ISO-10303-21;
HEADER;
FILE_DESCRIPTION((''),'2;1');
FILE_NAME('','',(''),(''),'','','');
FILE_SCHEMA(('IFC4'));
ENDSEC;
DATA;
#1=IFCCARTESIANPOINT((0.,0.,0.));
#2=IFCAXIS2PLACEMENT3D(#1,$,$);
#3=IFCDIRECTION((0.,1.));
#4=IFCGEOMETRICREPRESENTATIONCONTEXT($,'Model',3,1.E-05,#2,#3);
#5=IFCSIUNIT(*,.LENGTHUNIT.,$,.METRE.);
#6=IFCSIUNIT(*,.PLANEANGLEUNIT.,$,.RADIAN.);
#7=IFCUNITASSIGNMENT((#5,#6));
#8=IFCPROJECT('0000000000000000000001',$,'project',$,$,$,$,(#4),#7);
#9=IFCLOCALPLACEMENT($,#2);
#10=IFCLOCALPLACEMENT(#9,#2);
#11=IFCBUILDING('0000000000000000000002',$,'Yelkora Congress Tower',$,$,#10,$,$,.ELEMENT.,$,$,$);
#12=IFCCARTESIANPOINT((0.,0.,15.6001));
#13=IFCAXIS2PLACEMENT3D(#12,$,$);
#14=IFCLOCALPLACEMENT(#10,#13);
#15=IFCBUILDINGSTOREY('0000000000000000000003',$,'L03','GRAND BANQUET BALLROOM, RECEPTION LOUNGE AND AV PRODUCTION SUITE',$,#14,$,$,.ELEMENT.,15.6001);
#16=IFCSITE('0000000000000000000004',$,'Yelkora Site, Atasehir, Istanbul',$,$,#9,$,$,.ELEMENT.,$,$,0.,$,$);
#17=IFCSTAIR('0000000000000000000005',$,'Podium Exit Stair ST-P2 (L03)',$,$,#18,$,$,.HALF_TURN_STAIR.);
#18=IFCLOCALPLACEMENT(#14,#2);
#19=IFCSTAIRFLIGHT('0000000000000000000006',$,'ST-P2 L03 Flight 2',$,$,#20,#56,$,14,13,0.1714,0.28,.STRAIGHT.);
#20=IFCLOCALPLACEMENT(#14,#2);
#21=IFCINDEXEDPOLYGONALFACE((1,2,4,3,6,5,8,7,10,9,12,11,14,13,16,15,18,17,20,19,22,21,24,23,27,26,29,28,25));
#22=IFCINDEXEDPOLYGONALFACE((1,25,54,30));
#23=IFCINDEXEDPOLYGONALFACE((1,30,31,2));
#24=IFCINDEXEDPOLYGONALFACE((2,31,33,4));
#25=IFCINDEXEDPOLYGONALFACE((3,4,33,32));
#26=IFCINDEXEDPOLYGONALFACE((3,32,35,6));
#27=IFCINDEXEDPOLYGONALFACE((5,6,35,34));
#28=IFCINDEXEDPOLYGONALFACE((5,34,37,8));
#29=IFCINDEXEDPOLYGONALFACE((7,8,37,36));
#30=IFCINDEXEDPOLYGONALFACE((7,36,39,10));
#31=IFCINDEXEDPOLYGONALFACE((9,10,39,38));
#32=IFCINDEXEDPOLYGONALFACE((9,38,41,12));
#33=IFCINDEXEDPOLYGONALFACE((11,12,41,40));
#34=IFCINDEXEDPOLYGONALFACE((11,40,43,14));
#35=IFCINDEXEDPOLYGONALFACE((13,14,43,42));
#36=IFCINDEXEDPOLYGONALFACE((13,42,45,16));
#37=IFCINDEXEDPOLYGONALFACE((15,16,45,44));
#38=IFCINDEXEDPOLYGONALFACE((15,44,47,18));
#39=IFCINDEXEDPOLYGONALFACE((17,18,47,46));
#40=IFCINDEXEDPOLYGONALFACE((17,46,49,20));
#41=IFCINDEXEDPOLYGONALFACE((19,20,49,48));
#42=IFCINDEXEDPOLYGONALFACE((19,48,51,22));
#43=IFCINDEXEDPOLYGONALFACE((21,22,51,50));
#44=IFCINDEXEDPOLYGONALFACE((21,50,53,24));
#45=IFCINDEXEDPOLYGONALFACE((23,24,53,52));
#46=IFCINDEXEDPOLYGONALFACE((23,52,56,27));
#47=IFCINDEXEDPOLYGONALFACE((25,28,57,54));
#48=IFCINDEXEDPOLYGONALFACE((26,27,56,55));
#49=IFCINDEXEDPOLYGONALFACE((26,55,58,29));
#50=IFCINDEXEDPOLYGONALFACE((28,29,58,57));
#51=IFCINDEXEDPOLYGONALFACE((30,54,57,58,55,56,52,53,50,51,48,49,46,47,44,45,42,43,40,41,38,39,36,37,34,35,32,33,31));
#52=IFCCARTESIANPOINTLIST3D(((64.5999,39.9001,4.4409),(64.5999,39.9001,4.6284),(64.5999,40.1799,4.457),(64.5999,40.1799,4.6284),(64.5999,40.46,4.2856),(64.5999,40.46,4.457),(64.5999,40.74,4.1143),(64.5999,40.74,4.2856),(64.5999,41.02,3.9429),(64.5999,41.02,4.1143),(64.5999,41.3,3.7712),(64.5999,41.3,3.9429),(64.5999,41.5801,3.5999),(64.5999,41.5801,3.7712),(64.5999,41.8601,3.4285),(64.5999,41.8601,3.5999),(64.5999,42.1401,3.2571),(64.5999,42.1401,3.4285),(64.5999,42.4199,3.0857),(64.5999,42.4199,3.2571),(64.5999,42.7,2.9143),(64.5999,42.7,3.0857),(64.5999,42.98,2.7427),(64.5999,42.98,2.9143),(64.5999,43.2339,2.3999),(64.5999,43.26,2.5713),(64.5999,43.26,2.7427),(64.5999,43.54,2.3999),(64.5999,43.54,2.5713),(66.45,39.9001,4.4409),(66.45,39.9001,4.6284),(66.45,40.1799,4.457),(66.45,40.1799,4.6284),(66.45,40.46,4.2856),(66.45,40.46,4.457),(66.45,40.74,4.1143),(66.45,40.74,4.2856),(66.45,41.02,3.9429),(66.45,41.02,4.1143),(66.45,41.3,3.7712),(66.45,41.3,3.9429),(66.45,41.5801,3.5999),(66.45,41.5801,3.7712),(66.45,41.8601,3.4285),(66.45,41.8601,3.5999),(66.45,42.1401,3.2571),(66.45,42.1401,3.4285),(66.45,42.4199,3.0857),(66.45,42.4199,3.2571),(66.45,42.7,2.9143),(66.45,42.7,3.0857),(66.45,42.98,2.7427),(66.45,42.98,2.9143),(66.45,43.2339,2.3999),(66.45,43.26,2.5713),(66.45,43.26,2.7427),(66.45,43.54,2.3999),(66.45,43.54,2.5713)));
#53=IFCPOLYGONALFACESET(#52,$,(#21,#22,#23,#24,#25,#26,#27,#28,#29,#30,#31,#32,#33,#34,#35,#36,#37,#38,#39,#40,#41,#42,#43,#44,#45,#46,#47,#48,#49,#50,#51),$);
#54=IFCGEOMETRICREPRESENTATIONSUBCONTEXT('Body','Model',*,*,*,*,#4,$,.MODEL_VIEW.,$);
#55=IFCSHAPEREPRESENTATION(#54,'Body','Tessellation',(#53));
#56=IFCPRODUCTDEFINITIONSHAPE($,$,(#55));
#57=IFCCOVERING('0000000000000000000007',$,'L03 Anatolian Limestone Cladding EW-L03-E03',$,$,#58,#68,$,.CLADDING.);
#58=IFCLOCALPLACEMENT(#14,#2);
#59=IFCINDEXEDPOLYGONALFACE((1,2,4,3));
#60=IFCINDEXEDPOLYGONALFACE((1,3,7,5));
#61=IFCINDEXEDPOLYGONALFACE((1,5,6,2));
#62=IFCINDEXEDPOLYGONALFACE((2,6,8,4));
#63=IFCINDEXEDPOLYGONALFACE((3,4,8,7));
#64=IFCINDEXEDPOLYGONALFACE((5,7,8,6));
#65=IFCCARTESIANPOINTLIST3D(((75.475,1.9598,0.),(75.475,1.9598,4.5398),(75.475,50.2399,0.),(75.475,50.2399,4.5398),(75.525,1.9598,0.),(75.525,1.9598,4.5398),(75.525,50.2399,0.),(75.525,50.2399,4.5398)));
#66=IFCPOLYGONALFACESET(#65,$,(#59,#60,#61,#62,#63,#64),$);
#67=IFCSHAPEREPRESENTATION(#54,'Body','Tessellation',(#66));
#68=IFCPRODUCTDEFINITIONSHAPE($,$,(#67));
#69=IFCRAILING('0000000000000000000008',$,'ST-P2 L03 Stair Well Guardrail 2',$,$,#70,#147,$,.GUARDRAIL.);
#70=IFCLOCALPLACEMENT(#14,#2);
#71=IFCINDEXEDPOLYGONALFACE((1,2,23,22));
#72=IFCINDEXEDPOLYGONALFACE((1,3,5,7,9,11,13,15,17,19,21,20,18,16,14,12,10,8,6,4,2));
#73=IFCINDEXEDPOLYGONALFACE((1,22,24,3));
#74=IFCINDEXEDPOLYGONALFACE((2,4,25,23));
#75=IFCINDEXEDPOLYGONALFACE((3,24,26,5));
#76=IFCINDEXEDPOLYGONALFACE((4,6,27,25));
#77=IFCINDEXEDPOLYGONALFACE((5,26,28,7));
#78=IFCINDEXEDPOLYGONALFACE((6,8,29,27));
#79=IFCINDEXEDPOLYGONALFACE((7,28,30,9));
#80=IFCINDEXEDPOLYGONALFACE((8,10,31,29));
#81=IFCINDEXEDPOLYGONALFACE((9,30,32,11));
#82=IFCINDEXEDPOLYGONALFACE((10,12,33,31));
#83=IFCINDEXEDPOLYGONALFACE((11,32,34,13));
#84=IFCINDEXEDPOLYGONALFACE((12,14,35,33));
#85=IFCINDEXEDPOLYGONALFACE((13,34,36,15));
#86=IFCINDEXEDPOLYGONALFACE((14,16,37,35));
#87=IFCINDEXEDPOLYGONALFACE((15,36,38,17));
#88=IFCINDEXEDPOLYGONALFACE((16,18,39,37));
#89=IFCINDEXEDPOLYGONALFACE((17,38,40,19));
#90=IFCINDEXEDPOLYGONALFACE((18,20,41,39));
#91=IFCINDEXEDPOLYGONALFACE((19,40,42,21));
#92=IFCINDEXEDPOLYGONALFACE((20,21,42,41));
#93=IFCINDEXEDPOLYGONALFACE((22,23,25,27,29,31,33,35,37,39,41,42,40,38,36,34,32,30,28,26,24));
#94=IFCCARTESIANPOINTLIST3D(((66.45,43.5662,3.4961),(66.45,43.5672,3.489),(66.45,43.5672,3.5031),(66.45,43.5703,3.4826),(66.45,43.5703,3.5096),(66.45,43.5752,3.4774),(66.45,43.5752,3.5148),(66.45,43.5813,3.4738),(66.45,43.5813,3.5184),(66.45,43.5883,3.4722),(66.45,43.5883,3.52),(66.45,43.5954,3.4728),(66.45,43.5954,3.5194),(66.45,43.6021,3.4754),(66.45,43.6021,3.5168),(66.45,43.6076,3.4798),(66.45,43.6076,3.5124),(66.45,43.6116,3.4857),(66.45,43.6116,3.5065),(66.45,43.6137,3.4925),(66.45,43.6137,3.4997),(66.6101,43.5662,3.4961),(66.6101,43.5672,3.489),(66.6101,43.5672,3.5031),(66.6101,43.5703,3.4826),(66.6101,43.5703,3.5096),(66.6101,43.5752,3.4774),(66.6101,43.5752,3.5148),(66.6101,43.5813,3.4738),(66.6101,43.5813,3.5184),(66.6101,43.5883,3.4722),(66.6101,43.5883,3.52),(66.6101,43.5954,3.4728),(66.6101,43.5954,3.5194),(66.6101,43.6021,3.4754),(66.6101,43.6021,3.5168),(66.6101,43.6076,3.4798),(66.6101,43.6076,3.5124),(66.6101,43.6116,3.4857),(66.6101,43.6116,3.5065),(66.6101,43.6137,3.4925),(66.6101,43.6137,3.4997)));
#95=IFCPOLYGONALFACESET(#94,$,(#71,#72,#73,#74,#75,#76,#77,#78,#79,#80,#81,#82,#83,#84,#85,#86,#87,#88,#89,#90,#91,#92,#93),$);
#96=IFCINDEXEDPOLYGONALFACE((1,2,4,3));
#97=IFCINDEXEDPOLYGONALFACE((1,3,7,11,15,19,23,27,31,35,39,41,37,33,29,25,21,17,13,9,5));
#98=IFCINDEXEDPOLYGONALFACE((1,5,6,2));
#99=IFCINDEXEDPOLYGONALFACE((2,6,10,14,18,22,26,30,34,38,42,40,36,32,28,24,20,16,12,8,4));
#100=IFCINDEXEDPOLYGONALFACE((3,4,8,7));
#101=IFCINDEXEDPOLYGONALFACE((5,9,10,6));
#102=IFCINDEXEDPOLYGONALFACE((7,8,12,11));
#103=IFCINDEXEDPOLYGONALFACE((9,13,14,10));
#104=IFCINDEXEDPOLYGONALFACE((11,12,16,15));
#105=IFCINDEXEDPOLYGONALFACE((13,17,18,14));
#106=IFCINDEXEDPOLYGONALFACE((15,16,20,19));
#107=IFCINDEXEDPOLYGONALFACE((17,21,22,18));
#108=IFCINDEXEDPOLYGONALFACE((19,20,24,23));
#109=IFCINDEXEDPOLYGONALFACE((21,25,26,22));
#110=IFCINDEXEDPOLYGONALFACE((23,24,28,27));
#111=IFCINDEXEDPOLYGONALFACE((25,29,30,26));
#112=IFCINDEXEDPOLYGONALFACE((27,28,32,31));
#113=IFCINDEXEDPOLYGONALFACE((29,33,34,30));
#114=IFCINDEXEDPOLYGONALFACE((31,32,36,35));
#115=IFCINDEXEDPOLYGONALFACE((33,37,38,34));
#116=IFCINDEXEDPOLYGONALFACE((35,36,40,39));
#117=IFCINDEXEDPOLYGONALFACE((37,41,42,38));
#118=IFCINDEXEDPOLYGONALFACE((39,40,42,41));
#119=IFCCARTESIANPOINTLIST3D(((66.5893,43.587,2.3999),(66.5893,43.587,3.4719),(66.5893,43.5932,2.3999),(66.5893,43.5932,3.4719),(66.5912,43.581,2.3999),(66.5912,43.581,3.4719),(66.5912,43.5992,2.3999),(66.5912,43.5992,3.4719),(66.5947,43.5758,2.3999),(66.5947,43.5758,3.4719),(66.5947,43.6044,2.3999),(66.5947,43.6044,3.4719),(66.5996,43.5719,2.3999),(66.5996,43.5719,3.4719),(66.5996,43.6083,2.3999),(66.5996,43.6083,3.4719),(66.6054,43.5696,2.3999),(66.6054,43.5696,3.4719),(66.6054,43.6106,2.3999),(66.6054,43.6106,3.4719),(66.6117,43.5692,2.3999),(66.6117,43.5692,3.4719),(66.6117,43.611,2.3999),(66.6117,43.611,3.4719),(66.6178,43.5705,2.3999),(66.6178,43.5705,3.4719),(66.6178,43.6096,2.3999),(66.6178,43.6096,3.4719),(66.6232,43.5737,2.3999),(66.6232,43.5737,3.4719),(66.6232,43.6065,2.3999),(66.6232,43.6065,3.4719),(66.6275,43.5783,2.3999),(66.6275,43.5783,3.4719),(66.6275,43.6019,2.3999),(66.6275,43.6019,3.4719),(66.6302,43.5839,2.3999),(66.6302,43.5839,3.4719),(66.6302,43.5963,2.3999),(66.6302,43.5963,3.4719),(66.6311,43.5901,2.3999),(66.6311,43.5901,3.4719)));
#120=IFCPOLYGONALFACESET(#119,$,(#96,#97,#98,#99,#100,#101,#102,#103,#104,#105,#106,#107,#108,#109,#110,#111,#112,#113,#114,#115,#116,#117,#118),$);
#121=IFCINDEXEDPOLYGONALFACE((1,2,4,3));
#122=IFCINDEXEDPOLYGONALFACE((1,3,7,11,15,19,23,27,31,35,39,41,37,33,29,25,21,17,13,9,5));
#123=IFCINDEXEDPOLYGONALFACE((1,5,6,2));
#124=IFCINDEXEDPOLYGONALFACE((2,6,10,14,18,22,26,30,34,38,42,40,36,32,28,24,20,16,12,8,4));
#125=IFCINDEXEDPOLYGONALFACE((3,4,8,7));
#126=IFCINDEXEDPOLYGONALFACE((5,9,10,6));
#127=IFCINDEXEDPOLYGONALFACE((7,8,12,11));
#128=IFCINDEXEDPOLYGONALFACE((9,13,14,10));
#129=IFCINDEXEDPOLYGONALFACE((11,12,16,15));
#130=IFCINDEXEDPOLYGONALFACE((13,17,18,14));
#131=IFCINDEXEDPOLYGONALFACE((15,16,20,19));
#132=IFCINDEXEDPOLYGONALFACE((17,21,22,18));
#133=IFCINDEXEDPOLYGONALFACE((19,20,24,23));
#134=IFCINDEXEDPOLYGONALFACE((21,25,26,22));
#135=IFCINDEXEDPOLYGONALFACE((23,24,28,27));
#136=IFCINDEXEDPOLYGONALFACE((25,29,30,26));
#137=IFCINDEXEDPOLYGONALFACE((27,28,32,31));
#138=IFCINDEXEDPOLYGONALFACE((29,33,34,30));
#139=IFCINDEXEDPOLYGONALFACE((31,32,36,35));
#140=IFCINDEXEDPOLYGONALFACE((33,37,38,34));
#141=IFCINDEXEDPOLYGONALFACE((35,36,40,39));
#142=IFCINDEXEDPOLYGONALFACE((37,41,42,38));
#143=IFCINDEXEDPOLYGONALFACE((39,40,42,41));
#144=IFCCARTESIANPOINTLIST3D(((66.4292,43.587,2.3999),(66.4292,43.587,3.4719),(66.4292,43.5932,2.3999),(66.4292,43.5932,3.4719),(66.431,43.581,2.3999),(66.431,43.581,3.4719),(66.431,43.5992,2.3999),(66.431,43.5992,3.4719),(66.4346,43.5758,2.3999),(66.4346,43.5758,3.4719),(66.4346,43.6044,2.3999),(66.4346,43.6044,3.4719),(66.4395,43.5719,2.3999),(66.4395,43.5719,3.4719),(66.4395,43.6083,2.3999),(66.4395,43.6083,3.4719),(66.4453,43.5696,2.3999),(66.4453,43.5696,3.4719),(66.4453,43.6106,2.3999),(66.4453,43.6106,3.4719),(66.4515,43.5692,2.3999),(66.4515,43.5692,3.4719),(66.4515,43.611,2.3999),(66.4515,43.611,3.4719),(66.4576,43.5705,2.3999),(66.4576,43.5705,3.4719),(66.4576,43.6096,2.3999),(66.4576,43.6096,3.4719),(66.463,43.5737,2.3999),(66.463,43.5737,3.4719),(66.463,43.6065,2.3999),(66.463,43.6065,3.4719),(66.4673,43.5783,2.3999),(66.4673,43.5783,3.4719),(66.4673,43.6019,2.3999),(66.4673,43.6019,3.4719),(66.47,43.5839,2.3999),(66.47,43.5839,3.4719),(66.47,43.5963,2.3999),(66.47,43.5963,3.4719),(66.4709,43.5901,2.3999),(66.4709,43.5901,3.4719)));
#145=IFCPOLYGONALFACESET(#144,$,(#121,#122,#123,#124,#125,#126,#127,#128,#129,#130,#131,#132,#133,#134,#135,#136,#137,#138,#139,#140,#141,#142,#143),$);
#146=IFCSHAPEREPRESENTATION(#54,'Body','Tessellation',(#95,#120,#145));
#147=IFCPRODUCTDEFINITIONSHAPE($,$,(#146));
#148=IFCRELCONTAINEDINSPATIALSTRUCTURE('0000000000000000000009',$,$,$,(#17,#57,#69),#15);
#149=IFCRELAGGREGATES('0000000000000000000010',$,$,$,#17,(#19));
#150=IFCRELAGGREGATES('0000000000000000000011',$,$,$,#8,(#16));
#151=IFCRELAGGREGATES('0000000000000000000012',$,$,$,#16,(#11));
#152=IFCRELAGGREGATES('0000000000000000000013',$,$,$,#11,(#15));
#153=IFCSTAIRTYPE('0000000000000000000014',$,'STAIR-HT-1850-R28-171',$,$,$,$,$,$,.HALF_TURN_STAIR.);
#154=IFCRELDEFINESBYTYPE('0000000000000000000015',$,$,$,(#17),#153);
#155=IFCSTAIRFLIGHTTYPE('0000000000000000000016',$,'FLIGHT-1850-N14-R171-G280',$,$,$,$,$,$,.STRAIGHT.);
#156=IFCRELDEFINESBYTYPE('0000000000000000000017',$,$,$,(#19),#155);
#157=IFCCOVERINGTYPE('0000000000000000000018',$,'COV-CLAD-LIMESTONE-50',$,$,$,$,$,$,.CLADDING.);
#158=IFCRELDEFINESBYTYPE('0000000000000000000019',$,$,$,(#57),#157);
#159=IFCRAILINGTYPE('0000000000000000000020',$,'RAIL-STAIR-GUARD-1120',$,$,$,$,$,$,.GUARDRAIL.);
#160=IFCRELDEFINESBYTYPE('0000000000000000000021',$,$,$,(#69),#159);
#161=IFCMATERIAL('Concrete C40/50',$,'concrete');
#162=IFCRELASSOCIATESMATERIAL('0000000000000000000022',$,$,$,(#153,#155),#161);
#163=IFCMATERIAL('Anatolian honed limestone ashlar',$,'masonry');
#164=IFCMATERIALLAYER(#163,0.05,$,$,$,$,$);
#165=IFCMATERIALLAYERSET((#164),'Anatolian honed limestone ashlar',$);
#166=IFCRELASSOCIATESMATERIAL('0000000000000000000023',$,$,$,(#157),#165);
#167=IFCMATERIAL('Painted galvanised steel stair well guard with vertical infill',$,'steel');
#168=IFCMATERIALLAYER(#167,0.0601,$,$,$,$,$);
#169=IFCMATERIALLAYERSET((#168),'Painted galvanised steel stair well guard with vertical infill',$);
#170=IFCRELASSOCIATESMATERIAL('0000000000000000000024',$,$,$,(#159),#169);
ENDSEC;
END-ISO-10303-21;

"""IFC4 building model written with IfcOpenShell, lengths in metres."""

from ifc_helpers import new_model, si_unit, direction, frame, frame_2d, origin, origin_2d, place, context, subcontext, project, spatial, polyline, rectangle, circle, outline, extrude, material, layer, layer_set, type_object, element, aggregate, save


model = new_model("IFC4")

# Units and contexts
model_context = context("Model", 3, precision=1e-05, world=origin(), true_north=direction((0.0, 1.0)))
body_context = subcontext(model_context, "Body", "Model", "MODEL_VIEW")
ifc_project = project(units=[si_unit("LENGTHUNIT", "METRE"), si_unit("PLANEANGLEUNIT", "RADIAN")], contexts=[model_context])

# Site, building, storey
site_placement = place(None, origin())
site = spatial("IfcSite", under=ifc_project, at=site_placement, Name="Yelkora Site, Atasehir, Istanbul", CompositionType="ELEMENT", RefElevation=0.0)
building_placement = place(site_placement, origin())
building = spatial("IfcBuilding", under=site, at=building_placement, Name="Yelkora Congress Tower", CompositionType="ELEMENT")
storey_placement = place(building_placement, frame((0.0, 0.0, 15.6001)))
storey = spatial("IfcBuildingStorey", under=building, at=storey_placement, Name="L03", Description="GRAND BANQUET BALLROOM, RECEPTION LOUNGE AND AV PRODUCTION SUITE", CompositionType="ELEMENT", Elevation=15.6001)

# Shared definitions
ifc_material_1 = material(Name="Concrete C40/50", Category="concrete")

# Stair, stair flight
stair_type = type_object("IfcStairType", Name="STAIR-HT-1850-R28-171", PredefinedType="HALF_TURN_STAIR", material=ifc_material_1)
stair_placement = place(storey_placement, origin())
stair = element("IfcStair", 1, at=stair_placement, inside=storey, type_object=stair_type, Name="Podium Exit Stair ST-P2 (L03)", PredefinedType="HALF_TURN_STAIR")
stair_flight_type = type_object("IfcStairFlightType", Name="FLIGHT-1850-N14-R171-G280", PredefinedType="STRAIGHT", material=ifc_material_1)
stair_flight_placement = place(storey_placement, frame((65.5249, 43.54, 2.3999), z_axis=(0.0, 0.0, 1.0), x_axis=(0.0, -1.0, 0.0)))
stair_flight = element("IfcStairFlight", 2, at=stair_flight_placement, type_object=stair_flight_type, Name="ST-P2 L03 Flight 2", NumberOfRisers=14, NumberOfTreads=13, PredefinedType="STRAIGHT", RiserHeight=0.1714, TreadLength=0.28, context=body_context, shape_type="SweptSolid", body=[
    extrude(outline(polyline([(0.0, 0.0), (0.0, 0.1714), (0.28, 0.1714), (0.28, 0.3428), (0.5601, 0.3428), (0.5601, 0.5144), (0.8401, 0.5144), (0.8401, 0.6858), (1.1201, 0.6858), (1.1201, 0.8572), (1.3999, 0.8572), (1.3999, 1.0286), (1.6799, 1.0286), (1.6799, 1.2), (1.96, 1.2), (1.96, 1.3713), (2.24, 1.3713), (2.24, 1.543), (2.52, 1.543), (2.52, 1.7144), (2.8, 1.7144), (2.8, 1.8857), (3.0801, 1.8857), (3.0801, 2.0571), (3.3601, 2.0571), (3.3601, 2.2285), (3.6399, 2.2285), (3.6399, 2.3999), (3.6399, 2.041), (0.3062, 0.0), (0.0, 0.0)])), frame((0.0, 0.925, 0.0), z_axis=(0.0, -1.0, 0.0), x_axis=(1.0, 0.0, 0.0)), (0.0, 0.0, 1.0), 1.8501),
])
aggregate(stair, [stair_flight])

# Covering
ifc_material_2 = material(Name="Anatolian honed limestone ashlar", Category="masonry")
ifc_layer_1 = layer(ifc_material_2, 0.05)
ifc_layer_set_1 = layer_set([ifc_layer_1], Name="Anatolian honed limestone ashlar")
covering_type = type_object("IfcCoveringType", Name="COV-CLAD-LIMESTONE-50", PredefinedType="CLADDING", material=ifc_layer_set_1)
covering_placement = place(storey_placement, frame((75.5, 50.24, 0.0), z_axis=(0.0, 0.0, 1.0), x_axis=(0.0, -1.0, 0.0)))
element("IfcCovering", 3, at=covering_placement, inside=storey, type_object=covering_type, Name="L03 Anatolian Limestone Cladding EW-L03-E03", PredefinedType="CLADDING", context=body_context, shape_type="SweptSolid", body=[
    extrude(rectangle(XDim=48.28, YDim=0.05, at=frame_2d((24.1401, 0.0))), origin(), (0.0, 0.0, 1.0), 4.5398),
])

# Railing
ifc_material_3 = material(Name="Painted galvanised steel stair well guard with vertical infill", Category="steel")
ifc_layer_2 = layer(ifc_material_3, 0.0601)
ifc_layer_set_2 = layer_set([ifc_layer_2], Name="Painted galvanised steel stair well guard with vertical infill")
railing_type_1 = type_object("IfcRailingType", Name="RAIL-STAIR-GUARD-1120", PredefinedType="GUARDRAIL", material=ifc_layer_set_2)
railing_1_placement = place(storey_placement, frame((66.6101, 43.5901, 2.3999)))
element("IfcRailing", 4, at=railing_1_placement, inside=storey, type_object=railing_type_1, Name="ST-P2 L03 Stair Well Guardrail 2", PredefinedType="GUARDRAIL", context=body_context, shape_type="SweptSolid", body=[
    extrude(circle(Radius=0.0239, at=origin_2d()), frame((0.0, 0.0, 1.0962), z_axis=(-1.0, 0.0, 0.0), x_axis=(0.0, -1.0, 0.0)), (0.0, 0.0, 1.0), 0.1602),
    extrude(circle(Radius=0.021, at=origin_2d()), origin(), (0.0, 0.0, 1.0), 1.072),
    extrude(circle(Radius=0.021, at=origin_2d()), frame((-0.1602, 0.0, 0.0)), (0.0, 0.0, 1.0), 1.072),
])

save(model, "model.ifc")
